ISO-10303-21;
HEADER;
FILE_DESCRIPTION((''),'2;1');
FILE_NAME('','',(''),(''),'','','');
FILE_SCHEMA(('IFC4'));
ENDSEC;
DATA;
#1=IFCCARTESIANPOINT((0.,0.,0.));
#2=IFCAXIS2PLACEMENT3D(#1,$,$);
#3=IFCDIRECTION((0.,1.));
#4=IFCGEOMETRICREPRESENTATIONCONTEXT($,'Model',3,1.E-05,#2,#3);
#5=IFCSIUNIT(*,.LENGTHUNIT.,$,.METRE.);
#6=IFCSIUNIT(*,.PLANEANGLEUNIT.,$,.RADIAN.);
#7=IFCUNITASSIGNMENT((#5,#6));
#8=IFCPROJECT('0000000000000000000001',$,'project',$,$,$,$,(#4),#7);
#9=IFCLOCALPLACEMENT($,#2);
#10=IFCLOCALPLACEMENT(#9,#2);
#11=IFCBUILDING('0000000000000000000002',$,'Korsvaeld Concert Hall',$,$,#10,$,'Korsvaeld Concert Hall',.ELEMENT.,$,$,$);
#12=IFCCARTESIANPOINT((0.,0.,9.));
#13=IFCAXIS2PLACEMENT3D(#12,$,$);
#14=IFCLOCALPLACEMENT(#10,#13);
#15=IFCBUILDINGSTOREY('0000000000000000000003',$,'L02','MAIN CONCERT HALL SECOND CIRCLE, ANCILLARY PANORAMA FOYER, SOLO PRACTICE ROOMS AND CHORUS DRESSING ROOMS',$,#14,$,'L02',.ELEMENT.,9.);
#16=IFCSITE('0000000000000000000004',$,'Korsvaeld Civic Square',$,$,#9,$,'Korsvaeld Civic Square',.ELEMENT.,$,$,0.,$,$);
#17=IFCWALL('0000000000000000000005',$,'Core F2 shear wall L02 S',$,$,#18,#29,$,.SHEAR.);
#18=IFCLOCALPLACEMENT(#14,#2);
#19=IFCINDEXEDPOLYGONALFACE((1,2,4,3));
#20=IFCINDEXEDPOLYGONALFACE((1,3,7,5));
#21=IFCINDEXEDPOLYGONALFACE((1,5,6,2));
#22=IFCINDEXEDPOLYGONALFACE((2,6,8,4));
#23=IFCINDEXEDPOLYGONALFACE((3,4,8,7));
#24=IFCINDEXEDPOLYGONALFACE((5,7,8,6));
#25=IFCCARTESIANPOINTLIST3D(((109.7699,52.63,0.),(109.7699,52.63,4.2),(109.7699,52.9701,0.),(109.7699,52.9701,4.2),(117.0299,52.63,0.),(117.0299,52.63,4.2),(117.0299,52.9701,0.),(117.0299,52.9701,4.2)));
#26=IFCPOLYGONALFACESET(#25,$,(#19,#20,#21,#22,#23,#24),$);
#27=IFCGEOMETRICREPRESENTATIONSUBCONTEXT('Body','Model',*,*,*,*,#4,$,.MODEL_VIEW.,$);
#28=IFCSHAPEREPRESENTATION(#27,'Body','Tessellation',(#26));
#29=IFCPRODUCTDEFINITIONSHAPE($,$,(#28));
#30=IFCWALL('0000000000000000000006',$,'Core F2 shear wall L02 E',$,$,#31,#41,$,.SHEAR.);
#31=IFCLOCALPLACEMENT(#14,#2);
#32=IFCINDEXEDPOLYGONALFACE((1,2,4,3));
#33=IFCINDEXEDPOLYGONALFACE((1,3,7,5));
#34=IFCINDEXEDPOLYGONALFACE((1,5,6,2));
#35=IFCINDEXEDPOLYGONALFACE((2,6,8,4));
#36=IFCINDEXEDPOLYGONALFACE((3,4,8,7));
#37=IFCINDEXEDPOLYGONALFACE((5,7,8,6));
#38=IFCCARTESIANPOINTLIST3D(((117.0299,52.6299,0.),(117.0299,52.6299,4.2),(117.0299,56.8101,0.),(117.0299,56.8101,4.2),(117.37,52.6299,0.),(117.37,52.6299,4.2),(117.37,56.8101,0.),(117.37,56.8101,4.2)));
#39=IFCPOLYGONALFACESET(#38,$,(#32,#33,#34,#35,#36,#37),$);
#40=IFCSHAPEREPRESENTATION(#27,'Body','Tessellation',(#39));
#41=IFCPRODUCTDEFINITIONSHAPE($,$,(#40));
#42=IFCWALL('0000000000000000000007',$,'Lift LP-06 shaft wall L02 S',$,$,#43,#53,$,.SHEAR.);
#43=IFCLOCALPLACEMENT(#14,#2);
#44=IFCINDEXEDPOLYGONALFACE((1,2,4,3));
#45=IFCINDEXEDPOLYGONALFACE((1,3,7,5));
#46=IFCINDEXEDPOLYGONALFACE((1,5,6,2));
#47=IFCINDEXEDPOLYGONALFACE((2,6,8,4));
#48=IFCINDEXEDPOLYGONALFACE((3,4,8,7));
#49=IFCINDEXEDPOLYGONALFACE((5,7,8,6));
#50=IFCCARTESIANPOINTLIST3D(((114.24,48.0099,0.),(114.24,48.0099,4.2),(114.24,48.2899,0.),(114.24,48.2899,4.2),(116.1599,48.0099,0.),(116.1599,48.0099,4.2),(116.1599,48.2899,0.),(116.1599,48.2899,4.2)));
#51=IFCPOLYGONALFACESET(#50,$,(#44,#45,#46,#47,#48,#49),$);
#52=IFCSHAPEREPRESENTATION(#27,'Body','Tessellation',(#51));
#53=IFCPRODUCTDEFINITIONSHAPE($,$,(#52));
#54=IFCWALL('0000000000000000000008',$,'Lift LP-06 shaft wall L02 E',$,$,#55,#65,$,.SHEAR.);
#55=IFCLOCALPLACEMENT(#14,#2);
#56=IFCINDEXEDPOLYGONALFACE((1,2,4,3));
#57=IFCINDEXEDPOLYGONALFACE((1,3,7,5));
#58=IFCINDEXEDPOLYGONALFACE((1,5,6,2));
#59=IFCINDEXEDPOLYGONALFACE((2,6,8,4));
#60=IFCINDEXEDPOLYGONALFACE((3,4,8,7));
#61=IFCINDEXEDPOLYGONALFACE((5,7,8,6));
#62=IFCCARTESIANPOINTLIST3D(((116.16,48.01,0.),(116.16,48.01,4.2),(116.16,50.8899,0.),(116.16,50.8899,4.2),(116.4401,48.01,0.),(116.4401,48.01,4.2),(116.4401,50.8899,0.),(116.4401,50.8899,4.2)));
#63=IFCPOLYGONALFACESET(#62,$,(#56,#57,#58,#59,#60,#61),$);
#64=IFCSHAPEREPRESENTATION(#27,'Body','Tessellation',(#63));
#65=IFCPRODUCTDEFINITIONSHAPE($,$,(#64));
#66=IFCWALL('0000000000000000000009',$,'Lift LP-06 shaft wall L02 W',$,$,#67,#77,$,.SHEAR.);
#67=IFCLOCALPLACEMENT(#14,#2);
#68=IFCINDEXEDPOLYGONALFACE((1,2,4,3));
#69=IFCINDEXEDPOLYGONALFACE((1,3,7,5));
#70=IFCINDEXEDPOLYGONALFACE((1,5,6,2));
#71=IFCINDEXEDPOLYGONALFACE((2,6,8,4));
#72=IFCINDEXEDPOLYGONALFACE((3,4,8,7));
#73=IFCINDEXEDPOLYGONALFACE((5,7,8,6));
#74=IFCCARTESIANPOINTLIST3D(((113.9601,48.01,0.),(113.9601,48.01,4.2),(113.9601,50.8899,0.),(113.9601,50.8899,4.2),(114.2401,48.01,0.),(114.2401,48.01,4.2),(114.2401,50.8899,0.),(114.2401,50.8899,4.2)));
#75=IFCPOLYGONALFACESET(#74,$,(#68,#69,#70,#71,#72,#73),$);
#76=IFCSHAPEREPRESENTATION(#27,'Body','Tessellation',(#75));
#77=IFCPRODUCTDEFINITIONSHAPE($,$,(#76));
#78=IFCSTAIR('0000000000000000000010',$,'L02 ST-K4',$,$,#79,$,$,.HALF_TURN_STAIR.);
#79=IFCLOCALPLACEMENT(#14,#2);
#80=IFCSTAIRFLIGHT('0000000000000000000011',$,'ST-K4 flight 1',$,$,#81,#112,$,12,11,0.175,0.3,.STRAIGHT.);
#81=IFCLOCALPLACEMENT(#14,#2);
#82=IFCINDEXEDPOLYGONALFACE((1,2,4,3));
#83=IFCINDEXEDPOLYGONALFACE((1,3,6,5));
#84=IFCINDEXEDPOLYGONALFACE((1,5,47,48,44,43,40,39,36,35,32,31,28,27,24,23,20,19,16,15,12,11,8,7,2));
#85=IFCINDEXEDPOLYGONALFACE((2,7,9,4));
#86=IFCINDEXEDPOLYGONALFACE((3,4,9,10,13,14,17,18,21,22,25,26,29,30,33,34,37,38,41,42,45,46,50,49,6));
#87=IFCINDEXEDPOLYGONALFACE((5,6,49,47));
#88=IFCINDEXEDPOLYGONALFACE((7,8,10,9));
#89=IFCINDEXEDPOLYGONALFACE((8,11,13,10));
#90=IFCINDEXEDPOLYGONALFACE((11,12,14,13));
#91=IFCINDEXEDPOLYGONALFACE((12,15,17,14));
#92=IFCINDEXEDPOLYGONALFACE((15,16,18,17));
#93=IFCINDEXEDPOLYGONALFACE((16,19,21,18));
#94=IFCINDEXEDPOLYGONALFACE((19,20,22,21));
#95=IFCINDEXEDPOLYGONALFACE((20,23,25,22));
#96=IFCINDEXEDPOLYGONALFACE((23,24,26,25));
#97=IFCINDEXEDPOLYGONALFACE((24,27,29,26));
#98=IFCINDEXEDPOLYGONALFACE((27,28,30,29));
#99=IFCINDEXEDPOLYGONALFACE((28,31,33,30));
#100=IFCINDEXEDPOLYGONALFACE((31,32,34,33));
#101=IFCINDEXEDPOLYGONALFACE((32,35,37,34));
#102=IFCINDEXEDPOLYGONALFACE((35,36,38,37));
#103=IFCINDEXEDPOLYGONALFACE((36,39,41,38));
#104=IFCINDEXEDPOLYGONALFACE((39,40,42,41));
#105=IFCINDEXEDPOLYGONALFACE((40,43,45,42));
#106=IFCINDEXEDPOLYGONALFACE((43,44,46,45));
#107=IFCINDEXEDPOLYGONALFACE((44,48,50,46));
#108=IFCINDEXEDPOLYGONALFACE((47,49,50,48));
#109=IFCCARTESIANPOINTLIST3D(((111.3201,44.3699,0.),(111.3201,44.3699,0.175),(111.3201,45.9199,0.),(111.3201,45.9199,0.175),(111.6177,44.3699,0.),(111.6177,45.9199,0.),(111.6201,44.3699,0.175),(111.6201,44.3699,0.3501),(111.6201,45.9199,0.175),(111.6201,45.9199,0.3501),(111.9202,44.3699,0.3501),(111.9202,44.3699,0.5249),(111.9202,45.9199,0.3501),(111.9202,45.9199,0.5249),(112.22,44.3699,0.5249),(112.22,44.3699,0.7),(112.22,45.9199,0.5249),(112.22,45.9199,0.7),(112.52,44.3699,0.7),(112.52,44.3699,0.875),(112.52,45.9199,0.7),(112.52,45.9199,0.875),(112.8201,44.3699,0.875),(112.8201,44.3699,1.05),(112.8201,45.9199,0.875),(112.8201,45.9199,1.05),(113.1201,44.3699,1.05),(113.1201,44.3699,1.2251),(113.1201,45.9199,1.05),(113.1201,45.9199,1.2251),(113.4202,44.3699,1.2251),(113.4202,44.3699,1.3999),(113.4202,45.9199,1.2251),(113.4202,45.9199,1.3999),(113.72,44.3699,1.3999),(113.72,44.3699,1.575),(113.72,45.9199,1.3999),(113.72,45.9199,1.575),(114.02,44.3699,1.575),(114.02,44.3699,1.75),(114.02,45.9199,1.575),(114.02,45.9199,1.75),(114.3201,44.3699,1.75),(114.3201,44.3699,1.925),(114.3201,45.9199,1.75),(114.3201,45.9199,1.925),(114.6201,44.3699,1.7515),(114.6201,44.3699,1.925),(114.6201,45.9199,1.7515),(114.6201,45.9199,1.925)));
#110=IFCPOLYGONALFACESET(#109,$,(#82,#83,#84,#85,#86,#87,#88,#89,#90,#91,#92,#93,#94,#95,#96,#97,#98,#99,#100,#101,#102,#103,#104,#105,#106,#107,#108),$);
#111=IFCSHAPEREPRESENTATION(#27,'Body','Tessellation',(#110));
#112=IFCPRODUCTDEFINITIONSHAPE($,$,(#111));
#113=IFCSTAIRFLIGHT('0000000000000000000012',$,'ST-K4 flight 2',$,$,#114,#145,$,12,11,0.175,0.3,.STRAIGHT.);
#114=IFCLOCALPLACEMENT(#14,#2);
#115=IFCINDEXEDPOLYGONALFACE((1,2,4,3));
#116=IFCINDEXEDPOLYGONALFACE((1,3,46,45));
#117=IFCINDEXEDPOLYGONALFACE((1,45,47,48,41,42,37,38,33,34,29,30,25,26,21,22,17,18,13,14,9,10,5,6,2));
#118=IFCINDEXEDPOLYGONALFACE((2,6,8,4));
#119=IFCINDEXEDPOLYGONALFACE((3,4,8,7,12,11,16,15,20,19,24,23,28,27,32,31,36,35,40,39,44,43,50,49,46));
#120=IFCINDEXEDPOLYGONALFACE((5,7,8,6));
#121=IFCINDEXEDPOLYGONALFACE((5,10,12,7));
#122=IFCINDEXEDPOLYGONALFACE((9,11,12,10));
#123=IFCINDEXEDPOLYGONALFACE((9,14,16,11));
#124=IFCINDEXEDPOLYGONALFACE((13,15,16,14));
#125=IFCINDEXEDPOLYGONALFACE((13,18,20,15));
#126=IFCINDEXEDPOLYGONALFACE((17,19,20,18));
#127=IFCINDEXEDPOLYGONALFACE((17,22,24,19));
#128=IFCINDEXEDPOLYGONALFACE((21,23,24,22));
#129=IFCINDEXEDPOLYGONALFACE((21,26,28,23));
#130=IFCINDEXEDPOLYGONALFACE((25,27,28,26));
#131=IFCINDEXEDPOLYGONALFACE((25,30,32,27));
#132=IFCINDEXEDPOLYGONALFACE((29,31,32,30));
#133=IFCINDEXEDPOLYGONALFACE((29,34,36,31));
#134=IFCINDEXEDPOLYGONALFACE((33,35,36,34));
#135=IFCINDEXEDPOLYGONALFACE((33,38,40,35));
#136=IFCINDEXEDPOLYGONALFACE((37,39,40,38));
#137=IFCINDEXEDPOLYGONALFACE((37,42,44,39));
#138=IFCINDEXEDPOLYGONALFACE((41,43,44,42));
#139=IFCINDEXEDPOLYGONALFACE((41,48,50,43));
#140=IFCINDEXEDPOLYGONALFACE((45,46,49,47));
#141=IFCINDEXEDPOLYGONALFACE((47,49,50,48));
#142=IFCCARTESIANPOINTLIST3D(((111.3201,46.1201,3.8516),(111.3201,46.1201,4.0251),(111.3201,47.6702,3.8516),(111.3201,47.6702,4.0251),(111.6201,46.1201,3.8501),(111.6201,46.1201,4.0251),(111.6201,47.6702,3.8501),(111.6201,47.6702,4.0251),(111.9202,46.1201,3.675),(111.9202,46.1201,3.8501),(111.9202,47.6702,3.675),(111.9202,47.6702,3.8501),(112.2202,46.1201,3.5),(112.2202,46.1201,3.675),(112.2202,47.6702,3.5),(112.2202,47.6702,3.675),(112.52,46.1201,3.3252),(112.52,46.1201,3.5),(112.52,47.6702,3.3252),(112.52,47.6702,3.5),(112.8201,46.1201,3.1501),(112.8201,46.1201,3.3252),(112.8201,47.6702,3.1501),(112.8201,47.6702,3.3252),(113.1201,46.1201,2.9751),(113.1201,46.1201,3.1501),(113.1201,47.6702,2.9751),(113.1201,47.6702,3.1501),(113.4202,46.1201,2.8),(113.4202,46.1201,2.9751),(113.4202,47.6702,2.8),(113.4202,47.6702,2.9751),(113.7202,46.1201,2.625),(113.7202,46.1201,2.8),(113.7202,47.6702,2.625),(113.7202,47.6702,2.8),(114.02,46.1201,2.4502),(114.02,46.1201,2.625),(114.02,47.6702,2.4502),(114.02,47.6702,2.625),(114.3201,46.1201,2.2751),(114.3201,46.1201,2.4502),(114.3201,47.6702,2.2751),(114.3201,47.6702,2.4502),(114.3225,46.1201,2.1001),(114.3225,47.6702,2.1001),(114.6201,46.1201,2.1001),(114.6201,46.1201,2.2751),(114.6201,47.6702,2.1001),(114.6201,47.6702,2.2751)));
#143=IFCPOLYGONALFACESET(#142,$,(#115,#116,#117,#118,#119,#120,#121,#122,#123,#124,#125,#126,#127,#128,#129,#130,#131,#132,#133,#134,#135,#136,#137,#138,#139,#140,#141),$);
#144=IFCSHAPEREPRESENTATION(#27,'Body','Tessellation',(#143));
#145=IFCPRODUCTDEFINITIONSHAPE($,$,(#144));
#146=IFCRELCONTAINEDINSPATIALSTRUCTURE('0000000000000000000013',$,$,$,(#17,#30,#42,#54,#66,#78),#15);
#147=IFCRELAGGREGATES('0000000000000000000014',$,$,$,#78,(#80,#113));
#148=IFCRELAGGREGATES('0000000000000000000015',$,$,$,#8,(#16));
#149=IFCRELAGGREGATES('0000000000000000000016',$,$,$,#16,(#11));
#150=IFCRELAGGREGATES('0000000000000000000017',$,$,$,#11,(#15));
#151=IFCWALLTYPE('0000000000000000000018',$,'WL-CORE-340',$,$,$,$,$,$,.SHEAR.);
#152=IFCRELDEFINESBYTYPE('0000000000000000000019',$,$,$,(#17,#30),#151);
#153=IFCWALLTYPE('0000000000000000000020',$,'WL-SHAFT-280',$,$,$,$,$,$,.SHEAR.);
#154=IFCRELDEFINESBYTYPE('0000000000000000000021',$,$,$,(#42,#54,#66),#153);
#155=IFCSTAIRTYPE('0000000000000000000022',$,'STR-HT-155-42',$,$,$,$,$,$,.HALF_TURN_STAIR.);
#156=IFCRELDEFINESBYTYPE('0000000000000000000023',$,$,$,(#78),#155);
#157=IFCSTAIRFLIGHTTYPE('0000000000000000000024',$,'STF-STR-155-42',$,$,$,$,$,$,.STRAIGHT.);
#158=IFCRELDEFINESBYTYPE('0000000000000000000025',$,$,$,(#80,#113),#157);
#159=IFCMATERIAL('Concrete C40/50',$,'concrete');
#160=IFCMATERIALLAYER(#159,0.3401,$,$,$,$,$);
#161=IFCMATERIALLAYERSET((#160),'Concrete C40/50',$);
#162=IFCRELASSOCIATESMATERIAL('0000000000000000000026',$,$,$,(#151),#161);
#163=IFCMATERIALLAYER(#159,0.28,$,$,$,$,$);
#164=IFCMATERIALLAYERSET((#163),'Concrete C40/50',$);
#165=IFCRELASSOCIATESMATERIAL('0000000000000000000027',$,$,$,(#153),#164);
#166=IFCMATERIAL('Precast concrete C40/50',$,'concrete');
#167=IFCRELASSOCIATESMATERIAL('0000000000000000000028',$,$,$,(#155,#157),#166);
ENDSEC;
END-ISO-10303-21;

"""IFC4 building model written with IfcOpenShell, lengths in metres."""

from ifc_helpers import new_model, si_unit, direction, frame, frame_2d, origin, place, context, subcontext, project, spatial, polyline, rectangle, outline, extrude, material, layer, layer_set, type_object, element, aggregate, save


model = new_model("IFC4")

# Units and contexts
model_context = context("Model", 3, precision=1e-05, world=origin(), true_north=direction((0.0, 1.0)))
body_context = subcontext(model_context, "Body", "Model", "MODEL_VIEW")
ifc_project = project(units=[si_unit("LENGTHUNIT", "METRE"), si_unit("PLANEANGLEUNIT", "RADIAN")], contexts=[model_context])

# Site, building, storey
site_placement = place(None, origin())
site = spatial("IfcSite", under=ifc_project, at=site_placement, Name="Korsvaeld Civic Square", LongName="Korsvaeld Civic Square", CompositionType="ELEMENT", RefElevation=0.0)
building_placement = place(site_placement, origin())
building = spatial("IfcBuilding", under=site, at=building_placement, Name="Korsvaeld Concert Hall", LongName="Korsvaeld Concert Hall", CompositionType="ELEMENT")
storey_placement = place(building_placement, frame((0.0, 0.0, 9.0)))
storey = spatial("IfcBuildingStorey", under=building, at=storey_placement, Name="L02", Description="MAIN CONCERT HALL SECOND CIRCLE, ANCILLARY PANORAMA FOYER, SOLO PRACTICE ROOMS AND CHORUS DRESSING ROOMS", LongName="L02", CompositionType="ELEMENT", Elevation=9.0)

# Shared definitions
ifc_material_1 = material(Name="Concrete C40/50", Category="concrete")

# Shared definitions
ifc_layer_1 = layer(ifc_material_1, 0.3401)
ifc_layer_set_1 = layer_set([ifc_layer_1], Name="Concrete C40/50")
wall_type_1 = type_object("IfcWallType", Name="WL-CORE-340", PredefinedType="SHEAR", material=ifc_layer_set_1)

# Walls
wall_1_placement = place(storey_placement, frame((109.77, 52.8, 0.0), z_axis=(0.0, 0.0, 1.0), x_axis=(1.0, 0.0, 0.0)))
element("IfcWall", 1, at=wall_1_placement, inside=storey, type_object=wall_type_1, Name="Core F2 shear wall L02 S", PredefinedType="SHEAR", context=body_context, shape_type="SweptSolid", body=[
    extrude(rectangle(XDim=7.26, YDim=0.3401, at=frame_2d((3.6299, 0.0))), origin(), (0.0, 0.0, 1.0), 4.2),
])
wall_2_placement = place(storey_placement, frame((117.2, 52.6299, 0.0), z_axis=(0.0, 0.0, 1.0), x_axis=(0.0, 1.0, 0.0)))
element("IfcWall", 2, at=wall_2_placement, inside=storey, type_object=wall_type_1, Name="Core F2 shear wall L02 E", PredefinedType="SHEAR", context=body_context, shape_type="SweptSolid", body=[
    extrude(rectangle(XDim=4.1802, YDim=0.3401, at=frame_2d((2.0901, 0.0))), origin(), (0.0, 0.0, 1.0), 4.2),
])
ifc_layer_2 = layer(ifc_material_1, 0.28)
ifc_layer_set_2 = layer_set([ifc_layer_2], Name="Concrete C40/50")
wall_type_2 = type_object("IfcWallType", Name="WL-SHAFT-280", PredefinedType="SHEAR", material=ifc_layer_set_2)
wall_3_placement = place(storey_placement, frame((114.24, 48.1499, 0.0), z_axis=(0.0, 0.0, 1.0), x_axis=(1.0, 0.0, 0.0)))
element("IfcWall", 3, at=wall_3_placement, inside=storey, type_object=wall_type_2, Name="Lift LP-06 shaft wall L02 S", PredefinedType="SHEAR", context=body_context, shape_type="SweptSolid", body=[
    extrude(rectangle(XDim=1.9199, YDim=0.28, at=frame_2d((0.96, 0.0))), origin(), (0.0, 0.0, 1.0), 4.2),
])
wall_4_placement = place(storey_placement, frame((116.3, 48.01, 0.0), z_axis=(0.0, 0.0, 1.0), x_axis=(0.0, 1.0, 0.0)))
element("IfcWall", 4, at=wall_4_placement, inside=storey, type_object=wall_type_2, Name="Lift LP-06 shaft wall L02 E", PredefinedType="SHEAR", context=body_context, shape_type="SweptSolid", body=[
    extrude(rectangle(XDim=2.8799, YDim=0.28, at=frame_2d((1.4399, 0.0))), origin(), (0.0, 0.0, 1.0), 4.2),
])

# Wall
wall_5_placement = place(storey_placement, frame((114.1001, 50.8899, 0.0), z_axis=(0.0, 0.0, 1.0), x_axis=(0.0, -1.0, 0.0)))
element("IfcWall", 5, at=wall_5_placement, inside=storey, type_object=wall_type_2, Name="Lift LP-06 shaft wall L02 W", PredefinedType="SHEAR", context=body_context, shape_type="SweptSolid", body=[
    extrude(rectangle(XDim=2.8799, YDim=0.28, at=frame_2d((1.4399, 0.0))), origin(), (0.0, 0.0, 1.0), 4.2),
])

# Stair, stair flights
ifc_material_2 = material(Name="Precast concrete C40/50", Category="concrete")
stair_type = type_object("IfcStairType", Name="STR-HT-155-42", PredefinedType="HALF_TURN_STAIR", material=ifc_material_2)
stair_placement = place(storey_placement, origin())
stair = element("IfcStair", 6, at=stair_placement, inside=storey, type_object=stair_type, Name="L02 ST-K4", PredefinedType="HALF_TURN_STAIR")
stair_flight_type = type_object("IfcStairFlightType", Name="STF-STR-155-42", PredefinedType="STRAIGHT", material=ifc_material_2)
stair_flight_1_placement = place(storey_placement, frame((111.3201, 45.145, 0.0), z_axis=(0.0, 0.0, 1.0), x_axis=(1.0, 0.0, 0.0)))
stair_flight_1 = element("IfcStairFlight", 7, at=stair_flight_1_placement, type_object=stair_flight_type, Name="ST-K4 flight 1", NumberOfRisers=12, NumberOfTreads=11, PredefinedType="STRAIGHT", RiserHeight=0.175, TreadLength=0.3, context=body_context, shape_type="SweptSolid", body=[
    extrude(outline(polyline([(0.0, 0.0), (0.0, 0.175), (0.3, 0.175), (0.3, 0.3501), (0.6001, 0.3501), (0.6001, 0.5249), (0.8999, 0.5249), (0.8999, 0.7), (1.2, 0.7), (1.2, 0.875), (1.5, 0.875), (1.5, 1.05), (1.8, 1.05), (1.8, 1.2251), (2.1001, 1.2251), (2.1001, 1.3999), (2.3999, 1.3999), (2.3999, 1.575), (2.7, 1.575), (2.7, 1.75), (3.0, 1.75), (3.0, 1.925), (3.3, 1.925), (3.3, 2.1001), (3.3, 1.7515), (0.2976, 0.0), (0.0, 0.0)])), frame((0.0, 0.7749, 0.0), z_axis=(0.0, -1.0, 0.0), x_axis=(1.0, 0.0, 0.0)), (0.0, 0.0, 1.0), 1.55),
])
stair_flight_2_placement = place(storey_placement, frame((114.6201, 46.895, 2.1001), z_axis=(0.0, 0.0, 1.0), x_axis=(-1.0, 0.0, 0.0)))
stair_flight_2 = element("IfcStairFlight", 8, at=stair_flight_2_placement, type_object=stair_flight_type, Name="ST-K4 flight 2", NumberOfRisers=12, NumberOfTreads=11, PredefinedType="STRAIGHT", RiserHeight=0.175, TreadLength=0.3, context=body_context, shape_type="SweptSolid", body=[
    extrude(outline(polyline([(0.0, 0.0), (0.0, 0.175), (0.3, 0.175), (0.3, 0.3501), (0.6001, 0.3501), (0.6001, 0.5249), (0.8999, 0.5249), (0.8999, 0.7), (1.2, 0.7), (1.2, 0.875), (1.5, 0.875), (1.5, 1.05), (1.8, 1.05), (1.8, 1.2251), (2.1001, 1.2251), (2.1001, 1.3999), (2.3999, 1.3999), (2.3999, 1.575), (2.7, 1.575), (2.7, 1.75), (3.0, 1.75), (3.0, 1.925), (3.3, 1.925), (3.3, 2.1001), (3.3, 1.7515), (0.2976, 0.0), (0.0, 0.0)])), frame((0.0, 0.7749, 0.0), z_axis=(0.0, -1.0, 0.0), x_axis=(1.0, 0.0, 0.0)), (0.0, 0.0, 1.0), 1.55),
])
aggregate(stair, [stair_flight_1, stair_flight_2])

save(model, "model.ifc")
